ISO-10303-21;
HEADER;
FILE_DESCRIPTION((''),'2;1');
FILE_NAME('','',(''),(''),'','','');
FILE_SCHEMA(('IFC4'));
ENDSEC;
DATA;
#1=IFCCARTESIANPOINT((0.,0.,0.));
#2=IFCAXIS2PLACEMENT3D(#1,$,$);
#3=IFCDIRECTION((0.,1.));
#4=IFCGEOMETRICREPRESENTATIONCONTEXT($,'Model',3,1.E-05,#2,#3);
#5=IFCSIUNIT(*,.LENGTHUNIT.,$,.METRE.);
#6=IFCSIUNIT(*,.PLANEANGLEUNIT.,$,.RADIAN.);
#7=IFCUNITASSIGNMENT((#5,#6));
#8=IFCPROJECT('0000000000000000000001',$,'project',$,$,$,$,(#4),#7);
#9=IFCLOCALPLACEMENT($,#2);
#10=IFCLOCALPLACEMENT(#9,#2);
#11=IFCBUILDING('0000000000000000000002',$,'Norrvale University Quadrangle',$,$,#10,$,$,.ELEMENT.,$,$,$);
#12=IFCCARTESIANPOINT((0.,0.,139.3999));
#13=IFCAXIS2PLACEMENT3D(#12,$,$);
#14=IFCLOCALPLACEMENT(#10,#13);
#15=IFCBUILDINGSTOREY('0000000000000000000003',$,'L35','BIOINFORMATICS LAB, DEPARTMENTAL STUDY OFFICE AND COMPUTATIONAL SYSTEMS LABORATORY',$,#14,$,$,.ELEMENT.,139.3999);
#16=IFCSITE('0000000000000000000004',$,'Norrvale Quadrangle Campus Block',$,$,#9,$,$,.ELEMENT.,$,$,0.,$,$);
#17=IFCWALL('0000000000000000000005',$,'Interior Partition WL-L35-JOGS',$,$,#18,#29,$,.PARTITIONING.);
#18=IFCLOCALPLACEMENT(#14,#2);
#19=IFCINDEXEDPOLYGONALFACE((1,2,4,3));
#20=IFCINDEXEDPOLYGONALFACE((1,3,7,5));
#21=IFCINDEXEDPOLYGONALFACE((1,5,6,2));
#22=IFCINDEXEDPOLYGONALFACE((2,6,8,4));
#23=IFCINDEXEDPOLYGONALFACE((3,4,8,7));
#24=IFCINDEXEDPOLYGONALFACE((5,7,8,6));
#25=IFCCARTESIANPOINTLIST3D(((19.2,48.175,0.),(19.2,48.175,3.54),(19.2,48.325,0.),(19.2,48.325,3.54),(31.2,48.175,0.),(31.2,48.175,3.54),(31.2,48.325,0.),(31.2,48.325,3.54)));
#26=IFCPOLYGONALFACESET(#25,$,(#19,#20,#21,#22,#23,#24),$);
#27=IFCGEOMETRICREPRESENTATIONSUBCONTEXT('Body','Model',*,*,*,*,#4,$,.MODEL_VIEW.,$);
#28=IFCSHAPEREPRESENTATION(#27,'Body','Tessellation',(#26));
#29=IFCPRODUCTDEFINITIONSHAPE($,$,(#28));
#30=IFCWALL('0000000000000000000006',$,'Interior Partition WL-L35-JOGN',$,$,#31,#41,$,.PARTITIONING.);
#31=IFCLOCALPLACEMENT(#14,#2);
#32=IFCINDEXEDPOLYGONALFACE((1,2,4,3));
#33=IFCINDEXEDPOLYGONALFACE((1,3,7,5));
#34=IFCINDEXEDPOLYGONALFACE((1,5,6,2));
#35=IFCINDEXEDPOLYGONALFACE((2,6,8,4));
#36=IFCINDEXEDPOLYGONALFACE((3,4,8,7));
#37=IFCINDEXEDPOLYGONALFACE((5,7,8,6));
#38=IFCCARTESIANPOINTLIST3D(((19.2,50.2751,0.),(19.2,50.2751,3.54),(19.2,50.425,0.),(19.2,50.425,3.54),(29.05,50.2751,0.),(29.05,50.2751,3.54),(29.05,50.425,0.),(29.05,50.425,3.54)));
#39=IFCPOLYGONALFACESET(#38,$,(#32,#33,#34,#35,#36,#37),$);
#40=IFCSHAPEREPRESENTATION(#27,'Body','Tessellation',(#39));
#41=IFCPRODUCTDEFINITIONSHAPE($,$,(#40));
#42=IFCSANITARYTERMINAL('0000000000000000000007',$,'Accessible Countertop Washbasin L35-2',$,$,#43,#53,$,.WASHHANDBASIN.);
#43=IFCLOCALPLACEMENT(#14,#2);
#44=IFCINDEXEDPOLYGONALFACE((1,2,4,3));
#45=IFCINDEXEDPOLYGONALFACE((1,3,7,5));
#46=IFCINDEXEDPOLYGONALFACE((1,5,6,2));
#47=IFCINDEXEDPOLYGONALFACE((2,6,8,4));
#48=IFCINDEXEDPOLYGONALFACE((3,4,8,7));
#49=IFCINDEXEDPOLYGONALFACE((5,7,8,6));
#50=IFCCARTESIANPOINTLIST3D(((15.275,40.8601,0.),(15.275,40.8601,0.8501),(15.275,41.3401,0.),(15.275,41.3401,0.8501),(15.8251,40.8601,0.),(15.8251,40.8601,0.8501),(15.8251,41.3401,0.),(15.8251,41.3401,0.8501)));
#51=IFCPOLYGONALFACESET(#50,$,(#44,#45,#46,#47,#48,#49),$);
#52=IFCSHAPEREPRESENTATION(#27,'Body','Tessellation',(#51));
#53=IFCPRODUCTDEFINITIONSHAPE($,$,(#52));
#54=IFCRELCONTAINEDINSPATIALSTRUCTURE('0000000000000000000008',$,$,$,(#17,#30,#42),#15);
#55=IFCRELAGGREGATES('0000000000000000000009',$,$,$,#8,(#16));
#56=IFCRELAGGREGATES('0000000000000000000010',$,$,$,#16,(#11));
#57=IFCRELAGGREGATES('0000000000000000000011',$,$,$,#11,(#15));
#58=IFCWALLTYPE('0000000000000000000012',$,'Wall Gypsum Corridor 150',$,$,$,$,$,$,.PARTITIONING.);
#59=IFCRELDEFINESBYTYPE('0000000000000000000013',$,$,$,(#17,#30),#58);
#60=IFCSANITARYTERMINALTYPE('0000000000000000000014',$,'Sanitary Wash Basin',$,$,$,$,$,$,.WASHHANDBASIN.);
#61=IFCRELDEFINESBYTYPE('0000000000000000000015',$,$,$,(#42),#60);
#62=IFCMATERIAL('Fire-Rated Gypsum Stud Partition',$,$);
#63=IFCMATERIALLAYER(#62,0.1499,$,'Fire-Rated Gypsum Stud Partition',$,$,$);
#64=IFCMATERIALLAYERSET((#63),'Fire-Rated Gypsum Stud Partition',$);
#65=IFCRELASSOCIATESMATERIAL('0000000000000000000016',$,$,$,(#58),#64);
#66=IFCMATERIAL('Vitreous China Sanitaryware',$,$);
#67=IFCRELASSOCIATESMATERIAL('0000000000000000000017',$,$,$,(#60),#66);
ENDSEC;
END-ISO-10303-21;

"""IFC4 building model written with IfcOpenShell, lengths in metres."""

from ifc_helpers import new_model, si_unit, direction, frame, frame_2d, origin, origin_2d, place, context, subcontext, project, spatial, rectangle, extrude, material, layer, layer_set, type_object, element, save


model = new_model("IFC4")

# Units and contexts
model_context = context("Model", 3, precision=1e-05, world=origin(), true_north=direction((0.0, 1.0)))
body_context = subcontext(model_context, "Body", "Model", "MODEL_VIEW")
ifc_project = project(units=[si_unit("LENGTHUNIT", "METRE"), si_unit("PLANEANGLEUNIT", "RADIAN")], contexts=[model_context])

# Site, building, storey
site_placement = place(None, origin())
site = spatial("IfcSite", under=ifc_project, at=site_placement, Name="Norrvale Quadrangle Campus Block", CompositionType="ELEMENT", RefElevation=0.0)
building_placement = place(site_placement, origin())
building = spatial("IfcBuilding", under=site, at=building_placement, Name="Norrvale University Quadrangle", CompositionType="ELEMENT")
storey_placement = place(building_placement, frame((0.0, 0.0, 139.3999)))
storey = spatial("IfcBuildingStorey", under=building, at=storey_placement, Name="L35", Description="BIOINFORMATICS LAB, DEPARTMENTAL STUDY OFFICE AND COMPUTATIONAL SYSTEMS LABORATORY", CompositionType="ELEMENT", Elevation=139.3999)

# Walls
ifc_material_1 = material(Name="Fire-Rated Gypsum Stud Partition")
ifc_layer = layer(ifc_material_1, 0.1499, Name="Fire-Rated Gypsum Stud Partition")
ifc_layer_set = layer_set([ifc_layer], Name="Fire-Rated Gypsum Stud Partition")
wall_type = type_object("IfcWallType", Name="Wall Gypsum Corridor 150", PredefinedType="PARTITIONING", material=ifc_layer_set)
wall_1_placement = place(storey_placement, frame((19.2, 48.25, 0.0), z_axis=(0.0, 0.0, 1.0), x_axis=(1.0, 0.0, 0.0)))
element("IfcWall", 1, at=wall_1_placement, inside=storey, type_object=wall_type, Name="Interior Partition WL-L35-JOGS", PredefinedType="PARTITIONING", context=body_context, shape_type="SweptSolid", body=[
    extrude(rectangle(XDim=12.0, YDim=0.1499, at=frame_2d((6.0, 0.0))), origin(), (0.0, 0.0, 1.0), 3.54),
])
wall_2_placement = place(storey_placement, frame((19.2, 50.3501, 0.0), z_axis=(0.0, 0.0, 1.0), x_axis=(1.0, 0.0, 0.0)))
element("IfcWall", 2, at=wall_2_placement, inside=storey, type_object=wall_type, Name="Interior Partition WL-L35-JOGN", PredefinedType="PARTITIONING", context=body_context, shape_type="SweptSolid", body=[
    extrude(rectangle(XDim=9.8501, YDim=0.1499, at=frame_2d((4.925, 0.0))), origin(), (0.0, 0.0, 1.0), 3.54),
])

# Sanitary terminal
ifc_material_2 = material(Name="Vitreous China Sanitaryware")
sanitary_terminal_type = type_object("IfcSanitaryTerminalType", Name="Sanitary Wash Basin", PredefinedType="WASHHANDBASIN", material=ifc_material_2)
sanitary_terminal_placement = place(storey_placement, frame((15.55, 41.1001, 0.0), z_axis=(0.0, 0.0, 1.0), x_axis=(1.0, 0.0, 0.0)))
element("IfcSanitaryTerminal", 3, at=sanitary_terminal_placement, inside=storey, type_object=sanitary_terminal_type, Name="Accessible Countertop Washbasin L35-2", PredefinedType="WASHHANDBASIN", context=body_context, shape_type="SweptSolid", body=[
    extrude(rectangle(XDim=0.55, YDim=0.48, at=origin_2d()), origin(), (0.0, 0.0, 1.0), 0.8501),
])

save(model, "model.ifc")
